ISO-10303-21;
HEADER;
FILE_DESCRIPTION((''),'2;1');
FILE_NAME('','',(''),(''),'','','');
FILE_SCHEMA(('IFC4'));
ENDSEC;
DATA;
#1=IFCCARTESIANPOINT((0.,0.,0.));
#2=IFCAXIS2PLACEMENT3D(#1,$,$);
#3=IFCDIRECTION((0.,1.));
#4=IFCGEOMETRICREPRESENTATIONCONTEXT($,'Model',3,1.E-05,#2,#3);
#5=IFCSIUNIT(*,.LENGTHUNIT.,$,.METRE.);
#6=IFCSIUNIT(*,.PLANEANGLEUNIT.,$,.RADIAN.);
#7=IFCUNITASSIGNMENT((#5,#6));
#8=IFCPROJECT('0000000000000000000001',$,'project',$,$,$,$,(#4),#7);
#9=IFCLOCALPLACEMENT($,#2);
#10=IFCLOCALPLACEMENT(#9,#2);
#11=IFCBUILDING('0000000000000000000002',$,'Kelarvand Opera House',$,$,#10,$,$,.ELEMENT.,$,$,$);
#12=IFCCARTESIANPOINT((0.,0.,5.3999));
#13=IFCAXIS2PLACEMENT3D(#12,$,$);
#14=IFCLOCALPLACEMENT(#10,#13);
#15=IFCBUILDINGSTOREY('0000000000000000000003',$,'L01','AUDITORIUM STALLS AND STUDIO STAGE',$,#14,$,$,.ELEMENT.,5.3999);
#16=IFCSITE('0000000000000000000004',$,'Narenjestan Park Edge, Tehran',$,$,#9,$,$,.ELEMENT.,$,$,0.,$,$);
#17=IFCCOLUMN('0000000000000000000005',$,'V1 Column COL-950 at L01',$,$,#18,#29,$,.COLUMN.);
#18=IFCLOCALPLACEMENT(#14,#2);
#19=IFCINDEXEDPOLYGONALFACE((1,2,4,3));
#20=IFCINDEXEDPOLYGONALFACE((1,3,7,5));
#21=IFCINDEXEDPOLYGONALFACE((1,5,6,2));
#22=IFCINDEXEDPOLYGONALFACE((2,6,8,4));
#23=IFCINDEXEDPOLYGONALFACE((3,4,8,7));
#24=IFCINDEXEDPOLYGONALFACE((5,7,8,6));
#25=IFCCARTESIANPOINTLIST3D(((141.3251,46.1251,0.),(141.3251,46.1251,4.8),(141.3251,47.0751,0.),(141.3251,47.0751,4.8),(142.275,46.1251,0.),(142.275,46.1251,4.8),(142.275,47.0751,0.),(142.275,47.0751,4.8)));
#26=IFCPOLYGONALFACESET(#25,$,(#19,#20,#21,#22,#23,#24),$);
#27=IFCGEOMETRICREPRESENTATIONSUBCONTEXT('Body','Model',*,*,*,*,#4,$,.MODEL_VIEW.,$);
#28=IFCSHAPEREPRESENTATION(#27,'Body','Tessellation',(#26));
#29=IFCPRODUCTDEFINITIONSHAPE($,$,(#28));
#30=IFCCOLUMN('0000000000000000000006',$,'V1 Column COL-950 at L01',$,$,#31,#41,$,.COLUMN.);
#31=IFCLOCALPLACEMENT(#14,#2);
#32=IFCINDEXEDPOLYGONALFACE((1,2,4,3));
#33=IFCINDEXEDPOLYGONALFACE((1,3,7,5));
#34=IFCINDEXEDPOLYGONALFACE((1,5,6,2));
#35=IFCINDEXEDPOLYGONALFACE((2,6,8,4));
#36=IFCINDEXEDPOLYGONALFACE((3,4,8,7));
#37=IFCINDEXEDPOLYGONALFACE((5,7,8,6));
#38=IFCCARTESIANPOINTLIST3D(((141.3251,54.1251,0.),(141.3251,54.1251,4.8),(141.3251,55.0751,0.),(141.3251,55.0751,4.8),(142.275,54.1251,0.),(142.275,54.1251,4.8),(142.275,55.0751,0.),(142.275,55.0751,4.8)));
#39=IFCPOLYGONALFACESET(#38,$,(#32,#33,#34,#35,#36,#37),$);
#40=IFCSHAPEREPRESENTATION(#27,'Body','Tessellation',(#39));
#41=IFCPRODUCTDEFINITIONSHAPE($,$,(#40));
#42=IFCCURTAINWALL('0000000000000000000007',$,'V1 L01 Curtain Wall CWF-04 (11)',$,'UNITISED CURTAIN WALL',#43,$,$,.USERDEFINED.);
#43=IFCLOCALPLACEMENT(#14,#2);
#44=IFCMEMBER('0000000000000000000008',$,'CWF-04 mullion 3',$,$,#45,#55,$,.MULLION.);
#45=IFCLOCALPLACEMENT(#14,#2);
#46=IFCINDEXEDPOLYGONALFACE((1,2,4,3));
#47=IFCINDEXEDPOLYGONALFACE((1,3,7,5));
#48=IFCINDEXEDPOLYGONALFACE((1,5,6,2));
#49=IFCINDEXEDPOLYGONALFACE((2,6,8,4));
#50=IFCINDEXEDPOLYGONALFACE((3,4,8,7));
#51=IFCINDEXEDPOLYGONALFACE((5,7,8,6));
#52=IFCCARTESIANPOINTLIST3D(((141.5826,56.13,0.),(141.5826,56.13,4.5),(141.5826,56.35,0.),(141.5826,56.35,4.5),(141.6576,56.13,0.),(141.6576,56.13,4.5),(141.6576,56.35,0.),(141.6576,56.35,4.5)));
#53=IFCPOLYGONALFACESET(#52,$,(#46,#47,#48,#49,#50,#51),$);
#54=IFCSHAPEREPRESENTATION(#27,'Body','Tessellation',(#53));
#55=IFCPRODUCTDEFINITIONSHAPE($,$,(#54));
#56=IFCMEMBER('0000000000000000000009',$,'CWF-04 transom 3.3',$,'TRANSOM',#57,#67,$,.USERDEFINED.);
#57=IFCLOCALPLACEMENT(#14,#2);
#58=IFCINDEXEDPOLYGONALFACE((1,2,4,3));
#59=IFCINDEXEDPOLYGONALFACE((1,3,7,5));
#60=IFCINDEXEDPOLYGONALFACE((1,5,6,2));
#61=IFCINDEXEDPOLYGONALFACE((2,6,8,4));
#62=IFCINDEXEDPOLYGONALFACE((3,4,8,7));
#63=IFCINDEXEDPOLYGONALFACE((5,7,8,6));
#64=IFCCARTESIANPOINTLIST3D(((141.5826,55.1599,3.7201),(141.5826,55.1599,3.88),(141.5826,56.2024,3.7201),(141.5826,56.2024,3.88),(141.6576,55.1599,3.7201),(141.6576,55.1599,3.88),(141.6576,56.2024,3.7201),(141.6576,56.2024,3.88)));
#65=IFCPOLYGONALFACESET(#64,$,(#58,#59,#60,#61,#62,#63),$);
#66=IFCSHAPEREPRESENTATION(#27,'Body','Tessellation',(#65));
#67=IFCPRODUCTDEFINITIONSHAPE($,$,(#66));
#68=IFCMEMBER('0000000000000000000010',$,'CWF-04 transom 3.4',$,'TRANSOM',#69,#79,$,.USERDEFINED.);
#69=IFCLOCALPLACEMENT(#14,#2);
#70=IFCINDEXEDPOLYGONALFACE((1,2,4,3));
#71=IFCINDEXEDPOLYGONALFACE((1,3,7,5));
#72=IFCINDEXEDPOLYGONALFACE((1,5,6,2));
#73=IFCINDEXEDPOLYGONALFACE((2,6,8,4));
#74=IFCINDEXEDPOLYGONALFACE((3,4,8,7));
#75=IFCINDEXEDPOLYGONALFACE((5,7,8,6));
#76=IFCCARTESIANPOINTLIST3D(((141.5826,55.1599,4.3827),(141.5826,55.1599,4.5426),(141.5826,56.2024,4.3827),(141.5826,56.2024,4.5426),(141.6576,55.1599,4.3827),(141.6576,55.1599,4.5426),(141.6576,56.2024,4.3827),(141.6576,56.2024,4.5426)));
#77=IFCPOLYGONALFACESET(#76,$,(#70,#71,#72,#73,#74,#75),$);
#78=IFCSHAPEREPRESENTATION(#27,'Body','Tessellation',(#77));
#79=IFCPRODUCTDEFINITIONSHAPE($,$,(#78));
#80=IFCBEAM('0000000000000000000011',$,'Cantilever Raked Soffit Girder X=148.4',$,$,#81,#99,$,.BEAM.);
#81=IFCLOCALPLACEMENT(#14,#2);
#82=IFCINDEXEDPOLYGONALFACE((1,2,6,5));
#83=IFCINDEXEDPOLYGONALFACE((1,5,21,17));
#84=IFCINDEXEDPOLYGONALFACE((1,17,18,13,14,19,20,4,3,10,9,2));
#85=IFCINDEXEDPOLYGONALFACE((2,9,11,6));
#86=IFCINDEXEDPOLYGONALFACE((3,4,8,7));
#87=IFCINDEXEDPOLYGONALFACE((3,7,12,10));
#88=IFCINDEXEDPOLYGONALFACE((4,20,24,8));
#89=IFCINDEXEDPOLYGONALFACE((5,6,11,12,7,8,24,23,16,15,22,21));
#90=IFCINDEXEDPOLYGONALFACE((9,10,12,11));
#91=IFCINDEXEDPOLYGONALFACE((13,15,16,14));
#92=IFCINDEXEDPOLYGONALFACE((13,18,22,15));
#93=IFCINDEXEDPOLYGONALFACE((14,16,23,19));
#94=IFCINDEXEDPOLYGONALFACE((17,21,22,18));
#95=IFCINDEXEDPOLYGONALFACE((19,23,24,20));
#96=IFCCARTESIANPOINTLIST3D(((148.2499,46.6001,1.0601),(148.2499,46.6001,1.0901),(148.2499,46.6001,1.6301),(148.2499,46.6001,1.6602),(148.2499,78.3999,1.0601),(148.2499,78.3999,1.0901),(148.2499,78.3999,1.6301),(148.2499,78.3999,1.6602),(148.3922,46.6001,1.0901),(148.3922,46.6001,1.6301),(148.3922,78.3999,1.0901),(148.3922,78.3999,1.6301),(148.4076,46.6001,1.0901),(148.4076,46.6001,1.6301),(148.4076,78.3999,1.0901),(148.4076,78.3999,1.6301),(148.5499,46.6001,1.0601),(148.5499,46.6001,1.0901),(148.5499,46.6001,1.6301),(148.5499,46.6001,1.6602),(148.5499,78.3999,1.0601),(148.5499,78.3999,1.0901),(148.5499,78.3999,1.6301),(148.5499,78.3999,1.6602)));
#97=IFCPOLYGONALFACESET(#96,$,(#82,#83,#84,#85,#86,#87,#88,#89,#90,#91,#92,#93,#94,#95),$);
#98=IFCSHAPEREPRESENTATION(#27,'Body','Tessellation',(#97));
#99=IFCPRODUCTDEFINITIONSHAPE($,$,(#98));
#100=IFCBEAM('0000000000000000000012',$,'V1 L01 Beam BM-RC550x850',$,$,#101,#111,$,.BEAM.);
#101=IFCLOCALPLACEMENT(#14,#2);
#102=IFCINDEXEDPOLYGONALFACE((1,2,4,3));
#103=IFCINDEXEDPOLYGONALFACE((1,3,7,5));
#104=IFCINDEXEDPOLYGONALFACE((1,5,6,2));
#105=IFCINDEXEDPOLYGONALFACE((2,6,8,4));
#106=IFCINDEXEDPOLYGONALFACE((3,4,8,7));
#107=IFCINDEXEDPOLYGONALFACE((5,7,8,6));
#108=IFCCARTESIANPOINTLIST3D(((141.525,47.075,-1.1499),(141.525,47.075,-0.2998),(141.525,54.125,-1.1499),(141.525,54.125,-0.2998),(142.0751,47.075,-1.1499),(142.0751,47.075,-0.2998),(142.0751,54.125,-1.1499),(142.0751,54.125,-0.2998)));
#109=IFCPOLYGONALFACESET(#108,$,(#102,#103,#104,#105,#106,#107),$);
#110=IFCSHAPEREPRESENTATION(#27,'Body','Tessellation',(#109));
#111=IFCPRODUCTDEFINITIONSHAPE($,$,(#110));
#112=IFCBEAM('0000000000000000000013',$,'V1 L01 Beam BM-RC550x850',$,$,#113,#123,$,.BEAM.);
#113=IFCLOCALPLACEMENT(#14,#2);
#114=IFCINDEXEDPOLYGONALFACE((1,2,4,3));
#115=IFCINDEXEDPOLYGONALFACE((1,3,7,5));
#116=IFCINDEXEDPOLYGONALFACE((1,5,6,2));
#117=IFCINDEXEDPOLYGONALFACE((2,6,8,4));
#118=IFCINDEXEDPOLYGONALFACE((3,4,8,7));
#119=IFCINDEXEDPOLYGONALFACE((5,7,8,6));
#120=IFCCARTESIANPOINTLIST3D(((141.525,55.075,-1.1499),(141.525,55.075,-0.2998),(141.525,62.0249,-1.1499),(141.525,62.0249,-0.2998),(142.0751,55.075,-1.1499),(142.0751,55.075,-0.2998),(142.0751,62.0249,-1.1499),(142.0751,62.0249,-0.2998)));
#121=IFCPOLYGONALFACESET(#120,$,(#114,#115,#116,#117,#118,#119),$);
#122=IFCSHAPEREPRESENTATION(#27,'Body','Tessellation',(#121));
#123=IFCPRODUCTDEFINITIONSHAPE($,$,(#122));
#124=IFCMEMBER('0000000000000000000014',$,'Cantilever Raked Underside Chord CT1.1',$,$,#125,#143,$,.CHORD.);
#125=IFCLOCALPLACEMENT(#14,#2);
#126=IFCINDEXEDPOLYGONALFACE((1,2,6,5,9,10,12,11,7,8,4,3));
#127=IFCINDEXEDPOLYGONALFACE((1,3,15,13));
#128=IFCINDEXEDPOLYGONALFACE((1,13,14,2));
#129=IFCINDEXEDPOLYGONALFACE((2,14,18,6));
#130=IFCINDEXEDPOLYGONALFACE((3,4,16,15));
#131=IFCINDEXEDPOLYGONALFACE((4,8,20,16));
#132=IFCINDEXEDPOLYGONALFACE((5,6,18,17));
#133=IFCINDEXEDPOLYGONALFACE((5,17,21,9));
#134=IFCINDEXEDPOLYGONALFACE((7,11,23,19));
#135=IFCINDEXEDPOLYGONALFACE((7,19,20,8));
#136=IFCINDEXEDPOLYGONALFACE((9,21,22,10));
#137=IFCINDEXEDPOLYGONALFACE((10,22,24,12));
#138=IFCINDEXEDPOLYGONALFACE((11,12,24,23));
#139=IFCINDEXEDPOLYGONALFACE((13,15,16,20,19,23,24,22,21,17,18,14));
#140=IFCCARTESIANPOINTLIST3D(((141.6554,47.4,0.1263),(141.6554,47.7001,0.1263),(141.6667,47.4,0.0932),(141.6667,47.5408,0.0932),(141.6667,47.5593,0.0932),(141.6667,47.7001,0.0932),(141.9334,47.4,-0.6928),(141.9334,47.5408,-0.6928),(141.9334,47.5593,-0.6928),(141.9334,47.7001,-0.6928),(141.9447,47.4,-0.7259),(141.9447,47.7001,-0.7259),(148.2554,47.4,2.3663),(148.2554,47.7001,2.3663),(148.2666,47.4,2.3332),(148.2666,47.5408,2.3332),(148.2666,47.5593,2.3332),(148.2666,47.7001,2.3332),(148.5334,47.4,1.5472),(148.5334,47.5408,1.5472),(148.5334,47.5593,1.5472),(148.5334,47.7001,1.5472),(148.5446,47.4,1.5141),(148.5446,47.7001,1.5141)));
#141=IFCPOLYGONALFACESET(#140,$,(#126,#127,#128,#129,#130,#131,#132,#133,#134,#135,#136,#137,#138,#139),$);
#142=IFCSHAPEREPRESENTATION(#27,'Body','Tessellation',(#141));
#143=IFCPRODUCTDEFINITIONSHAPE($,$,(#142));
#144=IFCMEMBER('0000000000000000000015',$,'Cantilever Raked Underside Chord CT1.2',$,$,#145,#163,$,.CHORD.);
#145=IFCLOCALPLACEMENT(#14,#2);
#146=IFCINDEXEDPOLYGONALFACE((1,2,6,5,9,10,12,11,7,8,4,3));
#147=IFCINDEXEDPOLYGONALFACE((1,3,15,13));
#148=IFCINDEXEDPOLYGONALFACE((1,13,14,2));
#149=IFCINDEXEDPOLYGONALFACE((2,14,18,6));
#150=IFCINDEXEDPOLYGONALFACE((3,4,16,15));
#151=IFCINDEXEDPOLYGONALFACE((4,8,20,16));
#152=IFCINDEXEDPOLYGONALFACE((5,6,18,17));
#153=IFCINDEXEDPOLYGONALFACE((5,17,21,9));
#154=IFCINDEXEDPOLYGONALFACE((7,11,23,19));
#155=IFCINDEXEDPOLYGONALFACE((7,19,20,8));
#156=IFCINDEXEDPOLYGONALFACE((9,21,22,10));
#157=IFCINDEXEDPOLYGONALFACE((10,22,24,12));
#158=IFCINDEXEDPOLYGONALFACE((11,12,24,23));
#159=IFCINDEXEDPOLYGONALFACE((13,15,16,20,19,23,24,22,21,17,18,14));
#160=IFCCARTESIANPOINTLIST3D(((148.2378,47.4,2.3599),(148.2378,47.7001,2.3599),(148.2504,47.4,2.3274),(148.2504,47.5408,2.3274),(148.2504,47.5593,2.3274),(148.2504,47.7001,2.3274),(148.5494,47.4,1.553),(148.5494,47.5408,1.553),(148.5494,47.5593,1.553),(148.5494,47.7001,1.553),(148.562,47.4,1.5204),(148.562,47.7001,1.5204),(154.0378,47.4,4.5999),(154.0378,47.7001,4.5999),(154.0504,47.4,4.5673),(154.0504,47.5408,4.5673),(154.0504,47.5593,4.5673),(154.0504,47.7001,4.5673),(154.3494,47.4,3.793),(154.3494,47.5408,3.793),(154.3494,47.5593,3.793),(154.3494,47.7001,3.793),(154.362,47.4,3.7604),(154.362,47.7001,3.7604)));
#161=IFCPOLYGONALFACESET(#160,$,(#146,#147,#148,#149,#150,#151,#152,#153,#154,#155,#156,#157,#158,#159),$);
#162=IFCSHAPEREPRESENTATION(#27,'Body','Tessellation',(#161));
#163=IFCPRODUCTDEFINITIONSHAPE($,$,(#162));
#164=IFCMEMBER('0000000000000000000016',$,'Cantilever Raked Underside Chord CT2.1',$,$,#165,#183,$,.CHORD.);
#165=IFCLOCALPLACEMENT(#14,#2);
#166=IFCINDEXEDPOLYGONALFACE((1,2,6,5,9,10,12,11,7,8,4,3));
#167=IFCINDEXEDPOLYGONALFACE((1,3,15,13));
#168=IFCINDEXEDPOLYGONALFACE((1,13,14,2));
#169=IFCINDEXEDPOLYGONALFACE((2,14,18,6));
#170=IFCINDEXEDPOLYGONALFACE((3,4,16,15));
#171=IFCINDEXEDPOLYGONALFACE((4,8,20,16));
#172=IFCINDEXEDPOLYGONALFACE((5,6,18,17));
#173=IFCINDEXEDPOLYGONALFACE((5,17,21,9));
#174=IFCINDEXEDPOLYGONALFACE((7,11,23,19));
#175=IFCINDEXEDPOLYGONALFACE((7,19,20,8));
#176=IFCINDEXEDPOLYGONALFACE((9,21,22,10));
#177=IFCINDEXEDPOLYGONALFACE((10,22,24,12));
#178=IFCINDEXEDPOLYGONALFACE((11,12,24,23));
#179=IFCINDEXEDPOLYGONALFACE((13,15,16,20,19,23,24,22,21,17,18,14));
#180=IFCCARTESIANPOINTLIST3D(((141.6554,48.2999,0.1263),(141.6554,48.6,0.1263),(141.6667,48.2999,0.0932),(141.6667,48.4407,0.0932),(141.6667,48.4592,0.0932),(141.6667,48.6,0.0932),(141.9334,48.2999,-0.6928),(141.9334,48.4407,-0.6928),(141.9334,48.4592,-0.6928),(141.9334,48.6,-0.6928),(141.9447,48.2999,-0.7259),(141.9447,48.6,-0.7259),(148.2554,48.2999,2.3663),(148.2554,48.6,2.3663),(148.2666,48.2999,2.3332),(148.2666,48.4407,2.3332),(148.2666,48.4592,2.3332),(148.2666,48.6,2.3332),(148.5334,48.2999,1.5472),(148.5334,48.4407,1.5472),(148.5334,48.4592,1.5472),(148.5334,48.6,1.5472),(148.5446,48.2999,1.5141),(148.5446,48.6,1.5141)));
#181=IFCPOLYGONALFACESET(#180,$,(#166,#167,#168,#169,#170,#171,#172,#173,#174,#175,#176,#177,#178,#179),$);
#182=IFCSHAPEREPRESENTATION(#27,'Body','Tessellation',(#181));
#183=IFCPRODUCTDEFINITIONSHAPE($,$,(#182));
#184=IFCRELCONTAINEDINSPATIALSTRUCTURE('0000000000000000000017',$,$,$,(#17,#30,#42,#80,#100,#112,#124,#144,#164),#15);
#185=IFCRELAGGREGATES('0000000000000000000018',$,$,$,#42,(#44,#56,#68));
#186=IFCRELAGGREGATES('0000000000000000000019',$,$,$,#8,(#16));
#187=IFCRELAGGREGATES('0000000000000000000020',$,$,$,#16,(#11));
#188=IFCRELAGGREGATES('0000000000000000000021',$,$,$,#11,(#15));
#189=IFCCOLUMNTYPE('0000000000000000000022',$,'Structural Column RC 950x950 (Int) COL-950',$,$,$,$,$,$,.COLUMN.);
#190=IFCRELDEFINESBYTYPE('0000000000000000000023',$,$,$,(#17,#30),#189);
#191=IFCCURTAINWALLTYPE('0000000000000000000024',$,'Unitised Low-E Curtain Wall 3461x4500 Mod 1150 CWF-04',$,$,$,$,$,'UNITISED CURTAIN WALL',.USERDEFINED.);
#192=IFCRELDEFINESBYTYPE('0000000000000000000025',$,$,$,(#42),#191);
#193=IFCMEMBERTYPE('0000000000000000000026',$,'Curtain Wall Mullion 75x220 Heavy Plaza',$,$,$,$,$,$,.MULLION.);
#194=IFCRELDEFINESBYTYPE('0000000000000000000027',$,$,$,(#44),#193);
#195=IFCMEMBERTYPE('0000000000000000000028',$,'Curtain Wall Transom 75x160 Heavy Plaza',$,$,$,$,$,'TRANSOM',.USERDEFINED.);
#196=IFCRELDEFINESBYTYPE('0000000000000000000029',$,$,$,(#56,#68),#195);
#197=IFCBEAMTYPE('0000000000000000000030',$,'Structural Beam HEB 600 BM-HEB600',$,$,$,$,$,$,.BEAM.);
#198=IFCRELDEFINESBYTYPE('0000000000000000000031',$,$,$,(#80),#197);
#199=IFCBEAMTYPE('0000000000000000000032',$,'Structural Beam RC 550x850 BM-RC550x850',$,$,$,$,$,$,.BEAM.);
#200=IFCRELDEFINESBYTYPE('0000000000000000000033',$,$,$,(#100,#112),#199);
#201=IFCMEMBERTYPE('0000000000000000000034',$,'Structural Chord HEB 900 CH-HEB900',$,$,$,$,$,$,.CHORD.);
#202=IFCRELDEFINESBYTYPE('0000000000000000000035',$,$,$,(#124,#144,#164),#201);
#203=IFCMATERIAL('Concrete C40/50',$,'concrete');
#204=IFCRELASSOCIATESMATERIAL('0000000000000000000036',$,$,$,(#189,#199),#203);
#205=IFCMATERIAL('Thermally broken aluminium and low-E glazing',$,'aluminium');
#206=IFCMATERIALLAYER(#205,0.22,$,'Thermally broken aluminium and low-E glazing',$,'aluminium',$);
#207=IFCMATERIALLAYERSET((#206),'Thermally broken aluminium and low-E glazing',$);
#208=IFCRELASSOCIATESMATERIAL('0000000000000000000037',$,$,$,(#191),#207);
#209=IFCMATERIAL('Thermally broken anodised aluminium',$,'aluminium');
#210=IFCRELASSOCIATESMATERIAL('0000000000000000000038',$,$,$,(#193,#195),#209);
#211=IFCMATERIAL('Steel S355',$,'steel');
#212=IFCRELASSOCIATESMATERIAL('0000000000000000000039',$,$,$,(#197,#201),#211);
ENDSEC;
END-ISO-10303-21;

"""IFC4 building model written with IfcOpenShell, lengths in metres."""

from ifc_helpers import new_model, si_unit, direction, frame, origin, origin_2d, place, context, subcontext, project, spatial, rectangle, i_section, extrude, material, layer, layer_set, material_profile, profile_set, type_object, element, aggregate, save


model = new_model("IFC4")

# Units and contexts
model_context = context("Model", 3, precision=1e-05, world=origin(), true_north=direction((0.0, 1.0)))
body_context = subcontext(model_context, "Body", "Model", "MODEL_VIEW")
ifc_project = project(units=[si_unit("LENGTHUNIT", "METRE"), si_unit("PLANEANGLEUNIT", "RADIAN")], contexts=[model_context])

# Site, building, storey
site_placement = place(None, origin())
site = spatial("IfcSite", under=ifc_project, at=site_placement, Name="Narenjestan Park Edge, Tehran", CompositionType="ELEMENT", RefElevation=0.0)
building_placement = place(site_placement, origin())
building = spatial("IfcBuilding", under=site, at=building_placement, Name="Kelarvand Opera House", CompositionType="ELEMENT")
storey_placement = place(building_placement, frame((0.0, 0.0, 5.3999)))
storey = spatial("IfcBuildingStorey", under=building, at=storey_placement, Name="L01", Description="AUDITORIUM STALLS AND STUDIO STAGE", CompositionType="ELEMENT", Elevation=5.3999)

# Columns
ifc_material_1 = material(Name="Concrete C40/50", Category="concrete")
ifc_material_profile_1 = material_profile(ifc_material_1, rectangle(XDim=0.95, YDim=0.95, at=origin_2d()), Name="RC 950x950", Category="concrete")
ifc_profile_set_1 = profile_set([ifc_material_profile_1], Name="Concrete C40/50")
column_type = type_object("IfcColumnType", Name="Structural Column RC 950x950 (Int) COL-950", PredefinedType="COLUMN", material=ifc_profile_set_1)
for number, where, z_axis, x_axis, name in (
    (1, (141.8, 46.6001, 0.0), (0.0, 0.0, 1.0), (1.0, 0.0, 0.0), "V1 Column COL-950 at L01"),
    (2, (141.8, 54.6001, 0.0), (0.0, 0.0, 1.0), (1.0, 0.0, 0.0), "V1 Column COL-950 at L01"),
):
    element("IfcColumn", number, at=place(storey_placement, frame(where, z_axis=z_axis, x_axis=x_axis)), inside=storey, type_object=column_type, Name=name, PredefinedType="COLUMN", context=body_context, shape_type="SweptSolid", body=[
        extrude(rectangle(XDim=0.95, YDim=0.95, at=origin_2d()), origin(), (0.0, 0.0, 1.0), 4.8),
    ])

# Curtain wall, members
ifc_material_2 = material(Name="Thermally broken aluminium and low-E glazing", Category="aluminium")
ifc_layer_1 = layer(ifc_material_2, 0.22, Name="Thermally broken aluminium and low-E glazing", Category="aluminium")
ifc_layer_set_1 = layer_set([ifc_layer_1], Name="Thermally broken aluminium and low-E glazing")
curtain_wall_type = type_object("IfcCurtainWallType", Name="Unitised Low-E Curtain Wall 3461x4500 Mod 1150 CWF-04", ElementType="UNITISED CURTAIN WALL", PredefinedType="USERDEFINED", material=ifc_layer_set_1)
curtain_wall_placement = place(storey_placement, origin())
curtain_wall = element("IfcCurtainWall", 3, at=curtain_wall_placement, inside=storey, type_object=curtain_wall_type, Name="V1 L01 Curtain Wall CWF-04 (11)", ObjectType="UNITISED CURTAIN WALL", PredefinedType="USERDEFINED")
ifc_material_3 = material(Name="Thermally broken anodised aluminium", Category="aluminium")
ifc_material_profile_2 = material_profile(ifc_material_3, rectangle(XDim=0.075, YDim=0.22, at=origin_2d()), Name="ALU MULLION 75x220", Category="aluminium")
ifc_profile_set_2 = profile_set([ifc_material_profile_2], Name="Thermally broken anodised aluminium")
member_type_1 = type_object("IfcMemberType", Name="Curtain Wall Mullion 75x220 Heavy Plaza", PredefinedType="MULLION", material=ifc_profile_set_2)
member_1_placement = place(storey_placement, frame((141.6201, 56.24, 0.0), z_axis=(0.0, 0.0, 1.0), x_axis=(1.0, 0.0, 0.0)))
member_1 = element("IfcMember", 4, at=member_1_placement, type_object=member_type_1, Name="CWF-04 mullion 3", PredefinedType="MULLION", context=body_context, shape_type="SweptSolid", body=[
    extrude(rectangle(XDim=0.075, YDim=0.22, at=origin_2d()), origin(), (0.0, 0.0, 1.0), 4.5),
])
ifc_material_profile_3 = material_profile(ifc_material_3, rectangle(XDim=0.075, YDim=0.1599, at=origin_2d()), Name="ALU TRANSOM 75x160", Category="aluminium")
ifc_profile_set_3 = profile_set([ifc_material_profile_3], Name="Thermally broken anodised aluminium")
member_type_2 = type_object("IfcMemberType", Name="Curtain Wall Transom 75x160 Heavy Plaza", ElementType="TRANSOM", PredefinedType="USERDEFINED", material=ifc_profile_set_3)
member_2_placement = place(storey_placement, frame((141.6201, 56.2024, 3.8), z_axis=(0.0, -1.0, 0.0), x_axis=(1.0, 0.0, 0.0)))
member_2 = element("IfcMember", 5, at=member_2_placement, type_object=member_type_2, Name="CWF-04 transom 3.3", ObjectType="TRANSOM", PredefinedType="USERDEFINED", context=body_context, shape_type="SweptSolid", body=[
    extrude(rectangle(XDim=0.075, YDim=0.1599, at=origin_2d()), origin(), (0.0, 0.0, 1.0), 1.0425),
])
member_3_placement = place(storey_placement, frame((141.6201, 56.2024, 4.4626), z_axis=(0.0, -1.0, 0.0), x_axis=(1.0, 0.0, 0.0)))
member_3 = element("IfcMember", 6, at=member_3_placement, type_object=member_type_2, Name="CWF-04 transom 3.4", ObjectType="TRANSOM", PredefinedType="USERDEFINED", context=body_context, shape_type="SweptSolid", body=[
    extrude(rectangle(XDim=0.075, YDim=0.1599, at=origin_2d()), origin(), (0.0, 0.0, 1.0), 1.0425),
])

# Beams
ifc_material_4 = material(Name="Steel S355", Category="steel")
ifc_material_profile_4 = material_profile(ifc_material_4, i_section(OverallWidth=0.3, OverallDepth=0.6001, WebThickness=0.0154, FlangeThickness=0.03, at=origin_2d()), Name="HEB 600", Category="steel")
ifc_profile_set_4 = profile_set([ifc_material_profile_4], Name="Steel S355")
beam_type_1 = type_object("IfcBeamType", Name="Structural Beam HEB 600 BM-HEB600", PredefinedType="BEAM", material=ifc_profile_set_4)
beam_1_placement = place(storey_placement, frame((148.3999, 46.6001, 1.3601), z_axis=(0.0, 1.0, 0.0), x_axis=(-1.0, 0.0, 0.0)))
element("IfcBeam", 7, at=beam_1_placement, inside=storey, type_object=beam_type_1, Name="Cantilever Raked Soffit Girder X=148.4", PredefinedType="BEAM", context=body_context, shape_type="SweptSolid", body=[
    extrude(i_section(OverallWidth=0.3, OverallDepth=0.6001, WebThickness=0.0154, FlangeThickness=0.03, at=origin_2d()), origin(), (0.0, 0.0, 1.0), 31.7998),
])
ifc_material_profile_5 = material_profile(ifc_material_1, rectangle(XDim=0.55, YDim=0.8501, at=origin_2d()), Name="RC 550x850", Category="concrete")
ifc_profile_set_5 = profile_set([ifc_material_profile_5], Name="Concrete C40/50")
beam_type_2 = type_object("IfcBeamType", Name="Structural Beam RC 550x850 BM-RC550x850", PredefinedType="BEAM", material=ifc_profile_set_5)
beam_2_placement = place(storey_placement, frame((141.8, 47.075, -0.7249), z_axis=(0.0, 1.0, 0.0), x_axis=(-1.0, 0.0, 0.0)))
element("IfcBeam", 8, at=beam_2_placement, inside=storey, type_object=beam_type_2, Name="V1 L01 Beam BM-RC550x850", PredefinedType="BEAM", context=body_context, shape_type="SweptSolid", body=[
    extrude(rectangle(XDim=0.55, YDim=0.8501, at=origin_2d()), origin(), (0.0, 0.0, 1.0), 7.05),
])
beam_3_placement = place(storey_placement, frame((141.8, 55.075, -0.7249), z_axis=(0.0, 1.0, 0.0), x_axis=(-1.0, 0.0, 0.0)))
element("IfcBeam", 9, at=beam_3_placement, inside=storey, type_object=beam_type_2, Name="V1 L01 Beam BM-RC550x850", PredefinedType="BEAM", context=body_context, shape_type="SweptSolid", body=[
    extrude(rectangle(XDim=0.55, YDim=0.8501, at=origin_2d()), origin(), (0.0, 0.0, 1.0), 6.95),
])

# Members
ifc_material_profile_6 = material_profile(ifc_material_4, i_section(OverallWidth=0.3, OverallDepth=0.8999, WebThickness=0.0186, FlangeThickness=0.0349, at=origin_2d()), Name="HEB 900", Category="steel")
ifc_profile_set_6 = profile_set([ifc_material_profile_6], Name="Steel S355")
member_type_3 = type_object("IfcMemberType", Name="Structural Chord HEB 900 CH-HEB900", PredefinedType="CHORD", material=ifc_profile_set_6)
member_4_placement = place(storey_placement, frame((141.8, 47.55, -0.2998), z_axis=(0.946946, 0.0, 0.321393), x_axis=(0.0, 1.0, 0.0)))
element("IfcMember", 10, at=member_4_placement, inside=storey, type_object=member_type_3, Name="Cantilever Raked Underside Chord CT1.1", PredefinedType="CHORD", context=body_context, shape_type="SweptSolid", body=[
    extrude(i_section(OverallWidth=0.3, OverallDepth=0.8999, WebThickness=0.0186, FlangeThickness=0.0349, at=origin_2d()), origin(), (0.0, 0.0, 1.0), 6.9697),
])
member_5_placement = place(storey_placement, frame((148.3999, 47.55, 1.9402), z_axis=(0.932849, 0.0, 0.360268), x_axis=(0.0, 1.0, 0.0)))
element("IfcMember", 11, at=member_5_placement, inside=storey, type_object=member_type_3, Name="Cantilever Raked Underside Chord CT1.2", PredefinedType="CHORD", context=body_context, shape_type="SweptSolid", body=[
    extrude(i_section(OverallWidth=0.3, OverallDepth=0.8999, WebThickness=0.0186, FlangeThickness=0.0349, at=origin_2d()), origin(), (0.0, 0.0, 1.0), 6.2175),
])
member_6_placement = place(storey_placement, frame((141.8, 48.45, -0.2998), z_axis=(0.946946, 0.0, 0.321393), x_axis=(0.0, 1.0, 0.0)))
element("IfcMember", 12, at=member_6_placement, inside=storey, type_object=member_type_3, Name="Cantilever Raked Underside Chord CT2.1", PredefinedType="CHORD", context=body_context, shape_type="SweptSolid", body=[
    extrude(i_section(OverallWidth=0.3, OverallDepth=0.8999, WebThickness=0.0186, FlangeThickness=0.0349, at=origin_2d()), origin(), (0.0, 0.0, 1.0), 6.9697),
])

aggregate(curtain_wall, [member_1, member_2, member_3])

save(model, "model.ifc")
